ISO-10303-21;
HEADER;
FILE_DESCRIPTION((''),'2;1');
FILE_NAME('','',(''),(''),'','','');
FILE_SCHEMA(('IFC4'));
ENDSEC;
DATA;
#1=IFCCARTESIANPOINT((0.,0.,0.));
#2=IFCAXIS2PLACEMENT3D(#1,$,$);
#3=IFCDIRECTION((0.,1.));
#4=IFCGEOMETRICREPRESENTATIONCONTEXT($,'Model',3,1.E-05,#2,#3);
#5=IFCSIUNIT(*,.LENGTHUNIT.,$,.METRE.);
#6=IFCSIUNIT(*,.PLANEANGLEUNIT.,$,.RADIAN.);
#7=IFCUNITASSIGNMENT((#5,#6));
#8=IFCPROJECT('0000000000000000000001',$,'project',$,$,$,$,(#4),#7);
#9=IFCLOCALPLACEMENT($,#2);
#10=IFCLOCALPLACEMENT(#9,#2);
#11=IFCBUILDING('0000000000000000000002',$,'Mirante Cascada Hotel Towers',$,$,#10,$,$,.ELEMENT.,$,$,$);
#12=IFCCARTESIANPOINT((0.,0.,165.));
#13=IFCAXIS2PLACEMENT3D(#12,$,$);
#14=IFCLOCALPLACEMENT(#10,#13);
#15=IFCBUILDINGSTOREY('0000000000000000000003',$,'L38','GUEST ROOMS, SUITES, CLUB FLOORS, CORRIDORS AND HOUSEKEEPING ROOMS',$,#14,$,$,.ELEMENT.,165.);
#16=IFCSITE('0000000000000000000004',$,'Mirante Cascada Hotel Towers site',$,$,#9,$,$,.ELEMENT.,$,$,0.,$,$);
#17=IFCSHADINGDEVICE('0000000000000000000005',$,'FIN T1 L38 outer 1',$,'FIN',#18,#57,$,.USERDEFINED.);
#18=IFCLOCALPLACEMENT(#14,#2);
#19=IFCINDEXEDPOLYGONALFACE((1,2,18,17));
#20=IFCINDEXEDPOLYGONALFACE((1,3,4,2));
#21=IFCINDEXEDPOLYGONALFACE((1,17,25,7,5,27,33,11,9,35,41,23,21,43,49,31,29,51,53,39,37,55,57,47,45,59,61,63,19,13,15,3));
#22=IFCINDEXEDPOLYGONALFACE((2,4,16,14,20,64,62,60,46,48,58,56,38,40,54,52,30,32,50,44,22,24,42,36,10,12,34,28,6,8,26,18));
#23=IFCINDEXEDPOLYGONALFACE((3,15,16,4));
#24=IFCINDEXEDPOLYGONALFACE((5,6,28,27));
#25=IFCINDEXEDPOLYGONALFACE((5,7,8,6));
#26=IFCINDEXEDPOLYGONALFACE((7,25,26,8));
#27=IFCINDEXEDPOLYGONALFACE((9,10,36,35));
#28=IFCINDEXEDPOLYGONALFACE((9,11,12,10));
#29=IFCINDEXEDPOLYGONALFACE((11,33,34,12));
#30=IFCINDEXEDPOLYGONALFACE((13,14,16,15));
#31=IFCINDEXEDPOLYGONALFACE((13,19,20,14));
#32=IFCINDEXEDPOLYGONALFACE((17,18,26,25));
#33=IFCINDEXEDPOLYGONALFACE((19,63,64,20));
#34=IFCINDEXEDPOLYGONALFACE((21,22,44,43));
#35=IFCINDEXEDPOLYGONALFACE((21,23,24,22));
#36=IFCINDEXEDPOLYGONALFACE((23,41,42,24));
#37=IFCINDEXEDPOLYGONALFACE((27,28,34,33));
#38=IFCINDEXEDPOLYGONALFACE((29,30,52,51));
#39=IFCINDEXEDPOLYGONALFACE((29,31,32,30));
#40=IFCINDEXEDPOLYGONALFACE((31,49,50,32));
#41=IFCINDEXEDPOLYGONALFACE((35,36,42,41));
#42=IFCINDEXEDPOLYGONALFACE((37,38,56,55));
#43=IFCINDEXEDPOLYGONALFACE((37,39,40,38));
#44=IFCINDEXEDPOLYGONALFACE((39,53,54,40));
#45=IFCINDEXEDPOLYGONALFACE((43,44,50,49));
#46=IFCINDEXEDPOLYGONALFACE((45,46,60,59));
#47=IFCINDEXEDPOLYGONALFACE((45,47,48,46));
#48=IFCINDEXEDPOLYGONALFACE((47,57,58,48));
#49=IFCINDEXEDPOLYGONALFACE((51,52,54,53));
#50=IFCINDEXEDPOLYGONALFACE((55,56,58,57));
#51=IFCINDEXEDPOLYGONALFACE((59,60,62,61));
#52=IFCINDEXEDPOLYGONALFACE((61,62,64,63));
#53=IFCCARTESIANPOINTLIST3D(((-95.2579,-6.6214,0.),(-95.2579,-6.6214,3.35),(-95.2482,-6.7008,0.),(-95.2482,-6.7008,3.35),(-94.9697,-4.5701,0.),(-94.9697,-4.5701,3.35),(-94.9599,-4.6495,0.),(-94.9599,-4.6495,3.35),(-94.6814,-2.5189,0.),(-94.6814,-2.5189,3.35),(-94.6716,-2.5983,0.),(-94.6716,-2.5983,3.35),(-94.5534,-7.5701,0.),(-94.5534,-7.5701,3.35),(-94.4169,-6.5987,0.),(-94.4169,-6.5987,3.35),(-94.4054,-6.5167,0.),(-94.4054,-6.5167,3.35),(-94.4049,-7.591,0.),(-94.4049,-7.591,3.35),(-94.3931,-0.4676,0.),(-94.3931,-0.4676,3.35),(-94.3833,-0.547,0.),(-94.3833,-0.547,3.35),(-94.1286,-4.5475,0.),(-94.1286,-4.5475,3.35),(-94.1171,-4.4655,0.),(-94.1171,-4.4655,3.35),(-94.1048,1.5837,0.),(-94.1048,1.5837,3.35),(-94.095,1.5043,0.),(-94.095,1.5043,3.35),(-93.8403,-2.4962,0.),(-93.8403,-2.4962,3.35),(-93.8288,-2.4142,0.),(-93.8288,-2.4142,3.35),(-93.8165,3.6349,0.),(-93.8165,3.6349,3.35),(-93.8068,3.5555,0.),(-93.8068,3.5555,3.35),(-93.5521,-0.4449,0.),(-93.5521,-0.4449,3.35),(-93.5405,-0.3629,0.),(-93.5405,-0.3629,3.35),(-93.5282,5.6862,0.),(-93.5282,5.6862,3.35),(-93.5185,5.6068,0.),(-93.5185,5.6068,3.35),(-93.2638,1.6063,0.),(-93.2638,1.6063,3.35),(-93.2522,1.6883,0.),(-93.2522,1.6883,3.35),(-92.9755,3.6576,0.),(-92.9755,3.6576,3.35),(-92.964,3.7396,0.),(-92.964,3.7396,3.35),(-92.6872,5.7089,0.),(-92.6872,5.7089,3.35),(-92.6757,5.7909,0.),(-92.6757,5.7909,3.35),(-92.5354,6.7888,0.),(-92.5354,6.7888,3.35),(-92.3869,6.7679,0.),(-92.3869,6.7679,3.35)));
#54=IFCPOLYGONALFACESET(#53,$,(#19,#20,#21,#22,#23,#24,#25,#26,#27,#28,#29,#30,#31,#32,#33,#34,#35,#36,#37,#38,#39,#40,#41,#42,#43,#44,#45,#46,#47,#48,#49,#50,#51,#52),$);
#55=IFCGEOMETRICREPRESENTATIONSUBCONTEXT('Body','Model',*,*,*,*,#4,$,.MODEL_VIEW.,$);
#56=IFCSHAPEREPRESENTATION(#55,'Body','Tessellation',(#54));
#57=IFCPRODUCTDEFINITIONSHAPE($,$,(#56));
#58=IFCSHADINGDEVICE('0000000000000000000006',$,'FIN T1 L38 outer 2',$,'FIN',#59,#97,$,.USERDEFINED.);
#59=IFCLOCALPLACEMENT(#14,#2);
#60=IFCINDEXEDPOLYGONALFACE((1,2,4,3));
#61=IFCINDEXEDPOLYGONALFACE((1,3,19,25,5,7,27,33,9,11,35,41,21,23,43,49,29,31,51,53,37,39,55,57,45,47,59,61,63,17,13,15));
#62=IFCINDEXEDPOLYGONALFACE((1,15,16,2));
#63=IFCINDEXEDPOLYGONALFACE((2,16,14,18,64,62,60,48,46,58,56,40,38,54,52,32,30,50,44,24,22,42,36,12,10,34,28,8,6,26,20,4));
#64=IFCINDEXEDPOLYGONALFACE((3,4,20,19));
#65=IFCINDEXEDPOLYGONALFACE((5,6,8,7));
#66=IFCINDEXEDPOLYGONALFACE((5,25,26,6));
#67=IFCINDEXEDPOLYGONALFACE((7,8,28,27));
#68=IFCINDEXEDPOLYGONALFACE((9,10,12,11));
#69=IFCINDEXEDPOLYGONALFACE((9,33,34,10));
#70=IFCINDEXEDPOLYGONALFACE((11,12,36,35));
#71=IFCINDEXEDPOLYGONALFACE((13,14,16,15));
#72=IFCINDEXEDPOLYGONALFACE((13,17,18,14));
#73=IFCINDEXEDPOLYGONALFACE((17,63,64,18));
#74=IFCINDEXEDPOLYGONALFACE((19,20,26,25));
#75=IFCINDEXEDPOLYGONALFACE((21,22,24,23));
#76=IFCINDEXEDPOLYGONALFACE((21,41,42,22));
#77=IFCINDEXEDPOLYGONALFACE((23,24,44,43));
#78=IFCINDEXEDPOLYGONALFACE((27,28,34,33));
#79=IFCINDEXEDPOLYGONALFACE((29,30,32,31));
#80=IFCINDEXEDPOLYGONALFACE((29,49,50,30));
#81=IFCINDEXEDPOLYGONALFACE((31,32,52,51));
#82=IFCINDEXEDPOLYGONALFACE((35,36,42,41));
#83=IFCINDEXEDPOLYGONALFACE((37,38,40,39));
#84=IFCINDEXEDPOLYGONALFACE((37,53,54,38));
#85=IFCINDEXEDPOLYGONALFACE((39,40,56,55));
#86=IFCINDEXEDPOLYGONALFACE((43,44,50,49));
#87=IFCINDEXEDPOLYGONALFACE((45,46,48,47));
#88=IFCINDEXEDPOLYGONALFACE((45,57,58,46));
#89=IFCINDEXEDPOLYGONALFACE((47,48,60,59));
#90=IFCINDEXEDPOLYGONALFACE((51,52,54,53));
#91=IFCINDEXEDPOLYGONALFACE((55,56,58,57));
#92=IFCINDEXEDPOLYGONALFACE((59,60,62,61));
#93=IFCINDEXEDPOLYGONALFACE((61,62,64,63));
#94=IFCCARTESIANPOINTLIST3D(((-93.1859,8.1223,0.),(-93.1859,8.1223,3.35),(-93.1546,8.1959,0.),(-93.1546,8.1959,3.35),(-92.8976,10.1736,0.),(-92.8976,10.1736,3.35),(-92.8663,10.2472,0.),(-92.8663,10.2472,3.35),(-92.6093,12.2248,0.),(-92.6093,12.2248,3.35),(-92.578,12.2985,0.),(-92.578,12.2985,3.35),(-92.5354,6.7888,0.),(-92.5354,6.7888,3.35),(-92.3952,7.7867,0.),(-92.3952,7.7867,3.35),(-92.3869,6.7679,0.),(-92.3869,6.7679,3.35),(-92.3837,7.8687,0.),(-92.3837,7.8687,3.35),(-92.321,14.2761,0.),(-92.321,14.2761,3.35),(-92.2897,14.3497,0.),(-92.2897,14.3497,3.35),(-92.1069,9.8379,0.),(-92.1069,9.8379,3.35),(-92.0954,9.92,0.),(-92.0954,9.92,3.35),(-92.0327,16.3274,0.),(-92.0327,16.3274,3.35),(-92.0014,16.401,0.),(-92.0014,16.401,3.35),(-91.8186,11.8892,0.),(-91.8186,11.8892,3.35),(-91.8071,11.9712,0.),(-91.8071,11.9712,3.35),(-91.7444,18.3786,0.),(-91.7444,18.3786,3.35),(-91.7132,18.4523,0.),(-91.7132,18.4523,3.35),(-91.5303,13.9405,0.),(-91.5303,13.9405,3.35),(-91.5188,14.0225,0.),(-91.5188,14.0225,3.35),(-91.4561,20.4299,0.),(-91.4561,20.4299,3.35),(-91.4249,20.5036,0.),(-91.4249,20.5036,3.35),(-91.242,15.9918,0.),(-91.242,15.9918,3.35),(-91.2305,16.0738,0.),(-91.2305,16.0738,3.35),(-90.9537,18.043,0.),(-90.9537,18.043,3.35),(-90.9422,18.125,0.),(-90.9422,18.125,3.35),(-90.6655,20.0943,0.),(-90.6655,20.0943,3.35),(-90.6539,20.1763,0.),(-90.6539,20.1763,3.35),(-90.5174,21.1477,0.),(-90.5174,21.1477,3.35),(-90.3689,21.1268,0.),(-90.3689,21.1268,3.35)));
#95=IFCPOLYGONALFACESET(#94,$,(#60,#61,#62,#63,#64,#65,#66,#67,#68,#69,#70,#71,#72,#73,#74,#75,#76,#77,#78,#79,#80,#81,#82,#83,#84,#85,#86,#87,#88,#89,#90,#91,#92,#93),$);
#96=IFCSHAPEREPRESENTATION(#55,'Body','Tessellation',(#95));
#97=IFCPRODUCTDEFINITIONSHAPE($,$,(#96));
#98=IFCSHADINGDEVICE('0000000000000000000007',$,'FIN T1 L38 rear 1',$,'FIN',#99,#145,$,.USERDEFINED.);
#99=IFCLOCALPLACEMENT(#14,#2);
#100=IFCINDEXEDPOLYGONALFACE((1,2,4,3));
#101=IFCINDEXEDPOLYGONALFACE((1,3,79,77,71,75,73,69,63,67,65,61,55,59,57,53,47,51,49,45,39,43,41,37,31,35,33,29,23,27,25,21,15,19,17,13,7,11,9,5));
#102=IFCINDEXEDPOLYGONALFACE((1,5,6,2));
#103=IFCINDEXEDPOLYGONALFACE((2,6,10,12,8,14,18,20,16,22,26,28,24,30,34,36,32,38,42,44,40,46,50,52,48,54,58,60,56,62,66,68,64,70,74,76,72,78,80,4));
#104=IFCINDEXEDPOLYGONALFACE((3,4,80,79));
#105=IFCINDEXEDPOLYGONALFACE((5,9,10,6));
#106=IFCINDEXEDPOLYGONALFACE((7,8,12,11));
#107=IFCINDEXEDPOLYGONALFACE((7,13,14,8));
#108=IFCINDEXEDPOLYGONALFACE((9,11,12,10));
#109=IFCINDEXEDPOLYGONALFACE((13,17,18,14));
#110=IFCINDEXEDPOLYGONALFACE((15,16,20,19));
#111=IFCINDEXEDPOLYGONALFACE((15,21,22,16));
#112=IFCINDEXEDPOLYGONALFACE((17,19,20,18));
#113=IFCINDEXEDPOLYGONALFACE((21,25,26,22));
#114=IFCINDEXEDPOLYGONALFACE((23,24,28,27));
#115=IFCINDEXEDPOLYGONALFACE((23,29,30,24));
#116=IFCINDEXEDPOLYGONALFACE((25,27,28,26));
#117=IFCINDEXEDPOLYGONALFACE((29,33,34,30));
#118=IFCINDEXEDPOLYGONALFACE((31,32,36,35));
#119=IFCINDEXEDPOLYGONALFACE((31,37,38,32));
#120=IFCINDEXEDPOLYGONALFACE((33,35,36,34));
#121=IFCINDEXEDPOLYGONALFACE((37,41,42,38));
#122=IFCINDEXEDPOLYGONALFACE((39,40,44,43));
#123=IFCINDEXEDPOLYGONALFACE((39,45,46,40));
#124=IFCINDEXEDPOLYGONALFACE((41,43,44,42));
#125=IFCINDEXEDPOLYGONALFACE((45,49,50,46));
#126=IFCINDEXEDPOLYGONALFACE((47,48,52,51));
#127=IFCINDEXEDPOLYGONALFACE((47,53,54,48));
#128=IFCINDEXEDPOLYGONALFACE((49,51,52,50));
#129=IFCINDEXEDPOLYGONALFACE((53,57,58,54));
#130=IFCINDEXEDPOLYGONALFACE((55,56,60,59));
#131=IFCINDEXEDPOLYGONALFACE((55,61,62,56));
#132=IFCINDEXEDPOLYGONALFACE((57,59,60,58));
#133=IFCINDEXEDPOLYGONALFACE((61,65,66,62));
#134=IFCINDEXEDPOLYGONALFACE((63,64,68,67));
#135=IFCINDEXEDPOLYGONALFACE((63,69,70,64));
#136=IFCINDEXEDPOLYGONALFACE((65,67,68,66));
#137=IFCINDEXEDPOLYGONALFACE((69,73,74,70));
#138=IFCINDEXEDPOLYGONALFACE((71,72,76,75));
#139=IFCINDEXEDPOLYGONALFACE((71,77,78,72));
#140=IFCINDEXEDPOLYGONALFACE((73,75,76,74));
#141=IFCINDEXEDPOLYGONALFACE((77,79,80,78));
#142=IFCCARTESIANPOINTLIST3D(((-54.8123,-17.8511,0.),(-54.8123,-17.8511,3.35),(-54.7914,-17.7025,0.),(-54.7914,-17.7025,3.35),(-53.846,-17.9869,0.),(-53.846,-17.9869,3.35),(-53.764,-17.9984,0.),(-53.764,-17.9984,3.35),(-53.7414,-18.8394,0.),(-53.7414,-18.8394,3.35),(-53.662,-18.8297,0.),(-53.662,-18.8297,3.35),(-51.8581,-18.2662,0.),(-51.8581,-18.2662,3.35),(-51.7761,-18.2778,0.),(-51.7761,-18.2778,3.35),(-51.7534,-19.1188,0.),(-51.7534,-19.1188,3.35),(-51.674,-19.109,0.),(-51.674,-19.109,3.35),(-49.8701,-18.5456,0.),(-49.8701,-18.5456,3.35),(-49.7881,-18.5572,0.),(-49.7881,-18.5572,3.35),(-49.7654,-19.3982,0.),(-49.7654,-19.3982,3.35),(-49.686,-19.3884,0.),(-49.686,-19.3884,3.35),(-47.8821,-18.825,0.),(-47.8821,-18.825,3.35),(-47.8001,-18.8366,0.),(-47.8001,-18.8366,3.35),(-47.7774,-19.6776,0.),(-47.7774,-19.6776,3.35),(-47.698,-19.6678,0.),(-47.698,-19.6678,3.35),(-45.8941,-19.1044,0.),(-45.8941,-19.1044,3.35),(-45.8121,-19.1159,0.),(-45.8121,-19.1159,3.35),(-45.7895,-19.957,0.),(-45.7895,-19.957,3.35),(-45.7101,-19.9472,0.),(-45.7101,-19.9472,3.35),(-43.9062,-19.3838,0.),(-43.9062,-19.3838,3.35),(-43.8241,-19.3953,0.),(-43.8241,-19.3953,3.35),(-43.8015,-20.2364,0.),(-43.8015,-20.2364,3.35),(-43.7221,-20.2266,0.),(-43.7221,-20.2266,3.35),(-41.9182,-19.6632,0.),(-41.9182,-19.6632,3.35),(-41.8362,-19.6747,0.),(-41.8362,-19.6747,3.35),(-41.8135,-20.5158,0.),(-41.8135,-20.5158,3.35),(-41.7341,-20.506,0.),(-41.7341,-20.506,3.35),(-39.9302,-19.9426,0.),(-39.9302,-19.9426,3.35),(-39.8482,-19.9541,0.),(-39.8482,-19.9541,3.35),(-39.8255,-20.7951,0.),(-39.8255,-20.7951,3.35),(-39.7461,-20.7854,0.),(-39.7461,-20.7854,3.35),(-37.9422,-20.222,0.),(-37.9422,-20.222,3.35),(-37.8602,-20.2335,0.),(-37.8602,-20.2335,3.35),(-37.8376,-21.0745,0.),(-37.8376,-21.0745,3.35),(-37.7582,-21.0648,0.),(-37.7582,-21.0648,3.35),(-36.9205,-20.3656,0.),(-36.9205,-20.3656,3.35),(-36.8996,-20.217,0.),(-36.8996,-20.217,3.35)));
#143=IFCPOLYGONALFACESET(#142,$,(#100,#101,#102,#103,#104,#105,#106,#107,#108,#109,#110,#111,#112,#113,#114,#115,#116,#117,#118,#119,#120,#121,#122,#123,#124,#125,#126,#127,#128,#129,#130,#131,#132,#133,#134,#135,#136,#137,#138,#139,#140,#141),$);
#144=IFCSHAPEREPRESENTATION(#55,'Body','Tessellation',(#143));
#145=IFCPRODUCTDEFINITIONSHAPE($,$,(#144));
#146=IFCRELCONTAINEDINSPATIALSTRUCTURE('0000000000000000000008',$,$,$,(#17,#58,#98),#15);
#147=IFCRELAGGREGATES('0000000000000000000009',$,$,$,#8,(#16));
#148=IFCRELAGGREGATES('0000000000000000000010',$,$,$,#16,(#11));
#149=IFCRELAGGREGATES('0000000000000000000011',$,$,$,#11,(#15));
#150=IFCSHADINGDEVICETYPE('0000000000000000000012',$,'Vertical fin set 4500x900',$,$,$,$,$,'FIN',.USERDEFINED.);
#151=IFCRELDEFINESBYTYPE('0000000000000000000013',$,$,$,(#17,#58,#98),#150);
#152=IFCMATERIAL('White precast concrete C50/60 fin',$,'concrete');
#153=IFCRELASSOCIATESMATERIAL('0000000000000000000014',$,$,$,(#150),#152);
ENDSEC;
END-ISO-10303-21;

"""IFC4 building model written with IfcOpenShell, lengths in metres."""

from ifc_helpers import new_model, si_unit, direction, frame, origin, place, context, subcontext, project, spatial, polyline, outline, extrude, material, type_object, element, save


model = new_model("IFC4")

# Units and contexts
model_context = context("Model", 3, precision=1e-05, world=origin(), true_north=direction((0.0, 1.0)))
body_context = subcontext(model_context, "Body", "Model", "MODEL_VIEW")
ifc_project = project(units=[si_unit("LENGTHUNIT", "METRE"), si_unit("PLANEANGLEUNIT", "RADIAN")], contexts=[model_context])

# Site, building, storey
site_placement = place(None, origin())
site = spatial("IfcSite", under=ifc_project, at=site_placement, Name="Mirante Cascada Hotel Towers site", CompositionType="ELEMENT", RefElevation=0.0)
building_placement = place(site_placement, origin())
building = spatial("IfcBuilding", under=site, at=building_placement, Name="Mirante Cascada Hotel Towers", CompositionType="ELEMENT")
storey_placement = place(building_placement, frame((0.0, 0.0, 165.0)))
storey = spatial("IfcBuildingStorey", under=building, at=storey_placement, Name="L38", Description="GUEST ROOMS, SUITES, CLUB FLOORS, CORRIDORS AND HOUSEKEEPING ROOMS", CompositionType="ELEMENT", Elevation=165.0)

# Shading devices
ifc_material_1 = material(Name="White precast concrete C50/60 fin", Category="concrete")
shading_device_type = type_object("IfcShadingDeviceType", Name="Vertical fin set 4500x900", ElementType="FIN", PredefinedType="USERDEFINED", material=ifc_material_1)
shading_device_1_placement = place(storey_placement, origin())
element("IfcShadingDevice", 1, at=shading_device_1_placement, inside=storey, type_object=shading_device_type, Name="FIN T1 L38 outer 1", ObjectType="FIN", PredefinedType="USERDEFINED", context=body_context, shape_type="SweptSolid", body=[
    extrude(outline(polyline([(-94.4054, -6.5167), (-94.1286, -4.5475), (-94.9599, -4.6495), (-94.9697, -4.5701), (-94.1171, -4.4655), (-93.8403, -2.4962), (-94.6716, -2.5983), (-94.6814, -2.5189), (-93.8288, -2.4142), (-93.5521, -0.4449), (-94.3833, -0.547), (-94.3931, -0.4676), (-93.5405, -0.3629), (-93.2638, 1.6063), (-94.095, 1.5043), (-94.1048, 1.5837), (-93.2522, 1.6883), (-92.9755, 3.6576), (-93.8068, 3.5555), (-93.8165, 3.6349), (-92.964, 3.7396), (-92.6872, 5.7089), (-93.5185, 5.6068), (-93.5282, 5.6862), (-92.6757, 5.7909), (-92.5354, 6.7888), (-92.3869, 6.7679), (-94.4049, -7.591), (-94.5534, -7.5701), (-94.4169, -6.5987), (-95.2482, -6.7008), (-95.2579, -6.6214), (-94.4054, -6.5167)])), origin(), (0.0, 0.0, 1.0), 3.35),
])
shading_device_2_placement = place(storey_placement, origin())
element("IfcShadingDevice", 2, at=shading_device_2_placement, inside=storey, type_object=shading_device_type, Name="FIN T1 L38 outer 2", ObjectType="FIN", PredefinedType="USERDEFINED", context=body_context, shape_type="SweptSolid", body=[
    extrude(outline(polyline([(-92.3837, 7.8687), (-92.1069, 9.8379), (-92.8976, 10.1736), (-92.8663, 10.2472), (-92.0954, 9.92), (-91.8186, 11.8892), (-92.6093, 12.2248), (-92.578, 12.2985), (-91.8071, 11.9712), (-91.5303, 13.9405), (-92.321, 14.2761), (-92.2897, 14.3497), (-91.5188, 14.0225), (-91.242, 15.9918), (-92.0327, 16.3274), (-92.0014, 16.401), (-91.2305, 16.0738), (-90.9537, 18.043), (-91.7444, 18.3786), (-91.7132, 18.4523), (-90.9422, 18.125), (-90.6655, 20.0943), (-91.4561, 20.4299), (-91.4249, 20.5036), (-90.6539, 20.1763), (-90.5174, 21.1477), (-90.3689, 21.1268), (-92.3869, 6.7679), (-92.5354, 6.7888), (-92.3952, 7.7867), (-93.1859, 8.1223), (-93.1546, 8.1959), (-92.3837, 7.8687)])), origin(), (0.0, 0.0, 1.0), 3.35),
])
shading_device_3_placement = place(storey_placement, origin())
element("IfcShadingDevice", 3, at=shading_device_3_placement, inside=storey, type_object=shading_device_type, Name="FIN T1 L38 rear 1", ObjectType="FIN", PredefinedType="USERDEFINED", context=body_context, shape_type="SweptSolid", body=[
    extrude(outline(polyline([(-37.9422, -20.222), (-39.8482, -19.9541), (-39.7461, -20.7854), (-39.8255, -20.7951), (-39.9302, -19.9426), (-41.8362, -19.6747), (-41.7341, -20.506), (-41.8135, -20.5158), (-41.9182, -19.6632), (-43.8241, -19.3953), (-43.7221, -20.2266), (-43.8015, -20.2364), (-43.9062, -19.3838), (-45.8121, -19.1159), (-45.7101, -19.9472), (-45.7895, -19.957), (-45.8941, -19.1044), (-47.8001, -18.8366), (-47.698, -19.6678), (-47.7774, -19.6776), (-47.8821, -18.825), (-49.7881, -18.5572), (-49.686, -19.3884), (-49.7654, -19.3982), (-49.8701, -18.5456), (-51.7761, -18.2778), (-51.674, -19.109), (-51.7534, -19.1188), (-51.8581, -18.2662), (-53.764, -17.9984), (-53.662, -18.8297), (-53.7414, -18.8394), (-53.846, -17.9869), (-54.8123, -17.8511), (-54.7914, -17.7025), (-36.8996, -20.217), (-36.9205, -20.3656), (-37.8602, -20.2335), (-37.7582, -21.0648), (-37.8376, -21.0745), (-37.9422, -20.222)])), origin(), (0.0, 0.0, 1.0), 3.35),
])

save(model, "model.ifc")
